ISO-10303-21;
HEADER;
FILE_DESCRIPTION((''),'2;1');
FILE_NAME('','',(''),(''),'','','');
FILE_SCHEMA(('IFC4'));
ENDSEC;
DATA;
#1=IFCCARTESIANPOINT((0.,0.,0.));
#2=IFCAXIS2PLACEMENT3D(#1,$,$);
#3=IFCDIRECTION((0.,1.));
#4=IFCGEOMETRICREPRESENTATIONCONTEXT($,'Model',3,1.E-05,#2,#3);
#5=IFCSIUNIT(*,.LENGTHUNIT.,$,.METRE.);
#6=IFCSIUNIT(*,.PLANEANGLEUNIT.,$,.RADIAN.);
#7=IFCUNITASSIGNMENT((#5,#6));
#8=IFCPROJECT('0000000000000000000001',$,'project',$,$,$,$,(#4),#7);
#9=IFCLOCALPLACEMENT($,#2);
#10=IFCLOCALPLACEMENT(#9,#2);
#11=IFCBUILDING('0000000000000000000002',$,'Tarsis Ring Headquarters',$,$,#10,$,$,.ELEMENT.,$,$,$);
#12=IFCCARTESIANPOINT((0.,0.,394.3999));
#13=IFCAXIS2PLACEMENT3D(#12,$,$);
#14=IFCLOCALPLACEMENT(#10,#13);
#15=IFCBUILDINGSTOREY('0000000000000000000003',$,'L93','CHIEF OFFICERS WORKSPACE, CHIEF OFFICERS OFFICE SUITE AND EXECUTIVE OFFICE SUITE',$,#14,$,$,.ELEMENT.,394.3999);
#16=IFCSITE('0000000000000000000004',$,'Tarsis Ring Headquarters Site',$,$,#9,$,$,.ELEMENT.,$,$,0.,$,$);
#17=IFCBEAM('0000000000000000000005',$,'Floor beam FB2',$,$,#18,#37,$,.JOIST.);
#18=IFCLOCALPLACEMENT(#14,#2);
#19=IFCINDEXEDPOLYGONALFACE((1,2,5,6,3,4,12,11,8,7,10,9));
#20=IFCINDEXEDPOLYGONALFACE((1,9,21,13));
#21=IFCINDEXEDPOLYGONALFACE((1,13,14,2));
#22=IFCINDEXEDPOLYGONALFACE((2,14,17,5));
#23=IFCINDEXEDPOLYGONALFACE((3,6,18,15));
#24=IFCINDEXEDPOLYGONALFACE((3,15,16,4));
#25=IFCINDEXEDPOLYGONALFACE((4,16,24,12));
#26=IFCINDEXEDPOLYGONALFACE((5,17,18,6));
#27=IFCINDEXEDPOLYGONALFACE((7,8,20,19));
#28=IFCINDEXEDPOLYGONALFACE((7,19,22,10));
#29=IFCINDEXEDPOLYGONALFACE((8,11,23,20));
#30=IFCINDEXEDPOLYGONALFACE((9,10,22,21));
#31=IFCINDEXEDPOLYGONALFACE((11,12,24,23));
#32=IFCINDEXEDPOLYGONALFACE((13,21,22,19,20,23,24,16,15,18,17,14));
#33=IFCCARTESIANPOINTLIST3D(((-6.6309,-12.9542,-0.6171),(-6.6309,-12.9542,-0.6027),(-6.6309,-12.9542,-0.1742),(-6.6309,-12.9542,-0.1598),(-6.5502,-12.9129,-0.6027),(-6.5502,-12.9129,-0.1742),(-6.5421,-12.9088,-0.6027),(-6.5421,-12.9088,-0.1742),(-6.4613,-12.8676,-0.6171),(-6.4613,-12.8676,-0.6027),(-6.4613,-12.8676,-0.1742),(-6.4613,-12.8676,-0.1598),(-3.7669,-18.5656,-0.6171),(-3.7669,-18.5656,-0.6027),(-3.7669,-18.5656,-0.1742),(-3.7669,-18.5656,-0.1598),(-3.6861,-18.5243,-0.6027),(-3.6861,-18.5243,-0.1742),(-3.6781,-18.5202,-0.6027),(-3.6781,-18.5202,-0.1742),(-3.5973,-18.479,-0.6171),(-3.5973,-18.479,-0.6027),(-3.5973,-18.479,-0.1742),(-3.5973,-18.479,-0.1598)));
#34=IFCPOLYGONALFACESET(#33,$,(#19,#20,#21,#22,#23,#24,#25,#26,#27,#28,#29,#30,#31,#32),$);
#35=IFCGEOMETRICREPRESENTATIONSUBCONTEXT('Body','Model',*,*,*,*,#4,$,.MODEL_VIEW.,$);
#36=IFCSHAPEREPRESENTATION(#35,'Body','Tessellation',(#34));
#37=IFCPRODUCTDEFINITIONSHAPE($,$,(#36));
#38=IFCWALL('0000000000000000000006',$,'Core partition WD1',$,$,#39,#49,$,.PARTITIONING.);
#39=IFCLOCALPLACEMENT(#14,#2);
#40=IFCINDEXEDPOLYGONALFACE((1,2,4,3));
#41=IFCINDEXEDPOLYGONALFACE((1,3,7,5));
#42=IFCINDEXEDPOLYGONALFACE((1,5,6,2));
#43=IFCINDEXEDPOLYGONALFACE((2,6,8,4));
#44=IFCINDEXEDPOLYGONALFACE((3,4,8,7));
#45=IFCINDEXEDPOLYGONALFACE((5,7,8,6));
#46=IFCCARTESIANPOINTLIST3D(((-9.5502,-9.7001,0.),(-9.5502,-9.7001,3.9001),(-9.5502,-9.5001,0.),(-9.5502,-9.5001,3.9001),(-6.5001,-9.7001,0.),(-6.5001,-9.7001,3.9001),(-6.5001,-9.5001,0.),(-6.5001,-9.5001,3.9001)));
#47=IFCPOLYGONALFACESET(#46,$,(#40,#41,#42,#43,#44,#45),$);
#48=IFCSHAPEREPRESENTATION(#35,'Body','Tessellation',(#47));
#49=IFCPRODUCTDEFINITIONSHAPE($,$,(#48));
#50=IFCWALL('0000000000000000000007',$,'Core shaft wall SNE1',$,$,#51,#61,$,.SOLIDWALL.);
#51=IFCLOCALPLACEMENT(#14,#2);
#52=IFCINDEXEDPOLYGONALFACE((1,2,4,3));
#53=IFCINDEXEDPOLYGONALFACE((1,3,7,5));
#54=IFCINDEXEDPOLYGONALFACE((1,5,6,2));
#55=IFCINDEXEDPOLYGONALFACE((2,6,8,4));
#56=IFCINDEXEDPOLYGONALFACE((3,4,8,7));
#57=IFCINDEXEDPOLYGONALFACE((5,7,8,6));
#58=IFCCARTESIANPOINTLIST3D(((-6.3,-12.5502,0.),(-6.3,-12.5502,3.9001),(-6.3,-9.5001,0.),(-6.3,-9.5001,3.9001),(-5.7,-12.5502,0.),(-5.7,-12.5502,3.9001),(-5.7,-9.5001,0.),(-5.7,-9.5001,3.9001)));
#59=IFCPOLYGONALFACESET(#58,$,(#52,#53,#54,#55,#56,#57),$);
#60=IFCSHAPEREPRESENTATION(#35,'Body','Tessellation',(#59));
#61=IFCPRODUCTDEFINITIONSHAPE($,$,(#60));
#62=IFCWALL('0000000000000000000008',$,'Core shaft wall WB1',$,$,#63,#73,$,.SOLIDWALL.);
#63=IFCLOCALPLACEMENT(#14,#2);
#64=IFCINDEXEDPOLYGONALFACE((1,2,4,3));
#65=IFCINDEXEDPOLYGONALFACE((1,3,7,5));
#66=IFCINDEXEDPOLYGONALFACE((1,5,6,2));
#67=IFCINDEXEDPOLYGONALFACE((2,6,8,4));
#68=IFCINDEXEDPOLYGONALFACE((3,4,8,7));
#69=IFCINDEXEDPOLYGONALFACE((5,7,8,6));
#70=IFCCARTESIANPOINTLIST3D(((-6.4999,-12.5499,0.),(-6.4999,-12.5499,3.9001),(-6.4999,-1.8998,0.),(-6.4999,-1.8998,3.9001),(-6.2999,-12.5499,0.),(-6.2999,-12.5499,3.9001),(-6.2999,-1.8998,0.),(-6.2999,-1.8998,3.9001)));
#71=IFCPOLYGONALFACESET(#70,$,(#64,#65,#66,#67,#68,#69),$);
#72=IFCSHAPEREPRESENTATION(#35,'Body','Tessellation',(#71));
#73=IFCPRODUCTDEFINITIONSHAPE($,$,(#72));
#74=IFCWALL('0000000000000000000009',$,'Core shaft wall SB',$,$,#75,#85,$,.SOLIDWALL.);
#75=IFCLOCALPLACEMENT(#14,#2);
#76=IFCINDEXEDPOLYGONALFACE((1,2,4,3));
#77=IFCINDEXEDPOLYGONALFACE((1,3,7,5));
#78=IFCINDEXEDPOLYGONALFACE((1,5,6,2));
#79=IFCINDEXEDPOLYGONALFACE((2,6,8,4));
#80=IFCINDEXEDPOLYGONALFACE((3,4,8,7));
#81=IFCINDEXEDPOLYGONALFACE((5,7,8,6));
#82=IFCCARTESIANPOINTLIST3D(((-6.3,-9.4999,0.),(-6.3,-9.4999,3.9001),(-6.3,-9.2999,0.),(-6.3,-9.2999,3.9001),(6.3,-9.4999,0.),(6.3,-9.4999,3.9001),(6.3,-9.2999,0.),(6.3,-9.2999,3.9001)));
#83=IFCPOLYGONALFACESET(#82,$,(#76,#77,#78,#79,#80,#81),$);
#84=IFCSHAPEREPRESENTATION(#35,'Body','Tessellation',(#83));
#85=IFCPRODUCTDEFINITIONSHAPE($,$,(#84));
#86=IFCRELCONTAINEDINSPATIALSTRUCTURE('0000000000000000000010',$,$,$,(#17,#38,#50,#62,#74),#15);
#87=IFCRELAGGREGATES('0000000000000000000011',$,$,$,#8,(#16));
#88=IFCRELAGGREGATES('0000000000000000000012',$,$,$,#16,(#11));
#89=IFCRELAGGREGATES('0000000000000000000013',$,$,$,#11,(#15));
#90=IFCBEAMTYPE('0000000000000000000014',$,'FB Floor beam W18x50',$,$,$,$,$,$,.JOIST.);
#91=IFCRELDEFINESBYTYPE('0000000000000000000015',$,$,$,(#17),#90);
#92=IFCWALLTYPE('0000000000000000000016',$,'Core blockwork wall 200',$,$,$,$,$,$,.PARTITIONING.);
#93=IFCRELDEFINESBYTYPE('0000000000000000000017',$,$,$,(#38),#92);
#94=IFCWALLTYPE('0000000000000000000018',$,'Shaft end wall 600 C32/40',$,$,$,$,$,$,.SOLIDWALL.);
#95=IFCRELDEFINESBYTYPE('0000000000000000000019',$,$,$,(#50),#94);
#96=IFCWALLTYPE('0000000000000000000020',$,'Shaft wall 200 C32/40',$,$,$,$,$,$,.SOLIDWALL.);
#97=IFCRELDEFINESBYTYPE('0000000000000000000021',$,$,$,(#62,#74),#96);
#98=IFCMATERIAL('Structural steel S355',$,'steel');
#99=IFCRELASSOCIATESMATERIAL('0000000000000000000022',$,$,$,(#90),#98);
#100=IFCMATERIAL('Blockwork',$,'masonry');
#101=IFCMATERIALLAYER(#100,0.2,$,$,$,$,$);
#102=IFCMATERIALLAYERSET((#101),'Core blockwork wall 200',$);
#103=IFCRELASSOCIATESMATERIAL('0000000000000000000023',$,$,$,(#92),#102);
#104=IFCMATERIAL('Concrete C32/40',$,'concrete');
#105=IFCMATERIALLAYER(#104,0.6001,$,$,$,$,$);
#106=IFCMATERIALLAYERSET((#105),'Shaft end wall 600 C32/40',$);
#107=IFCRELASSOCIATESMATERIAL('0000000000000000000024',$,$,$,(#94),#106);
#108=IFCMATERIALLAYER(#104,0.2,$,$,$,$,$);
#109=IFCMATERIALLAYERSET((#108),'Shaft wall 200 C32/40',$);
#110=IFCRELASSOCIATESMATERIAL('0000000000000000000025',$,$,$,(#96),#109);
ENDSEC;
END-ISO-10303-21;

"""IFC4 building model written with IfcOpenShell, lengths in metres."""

from ifc_helpers import new_model, si_unit, direction, frame, frame_2d, origin, origin_2d, place, context, subcontext, project, spatial, rectangle, i_section, extrude, material, layer, layer_set, material_profile, profile_set, type_object, element, save


model = new_model("IFC4")

# Units and contexts
model_context = context("Model", 3, precision=1e-05, world=origin(), true_north=direction((0.0, 1.0)))
body_context = subcontext(model_context, "Body", "Model", "MODEL_VIEW")
ifc_project = project(units=[si_unit("LENGTHUNIT", "METRE"), si_unit("PLANEANGLEUNIT", "RADIAN")], contexts=[model_context])

# Site, building, storey
site_placement = place(None, origin())
site = spatial("IfcSite", under=ifc_project, at=site_placement, Name="Tarsis Ring Headquarters Site", CompositionType="ELEMENT", RefElevation=0.0)
building_placement = place(site_placement, origin())
building = spatial("IfcBuilding", under=site, at=building_placement, Name="Tarsis Ring Headquarters", CompositionType="ELEMENT")
storey_placement = place(building_placement, frame((0.0, 0.0, 394.3999)))
storey = spatial("IfcBuildingStorey", under=building, at=storey_placement, Name="L93", Description="CHIEF OFFICERS WORKSPACE, CHIEF OFFICERS OFFICE SUITE AND EXECUTIVE OFFICE SUITE", CompositionType="ELEMENT", Elevation=394.3999)

# Beam
ifc_material_1 = material(Name="Structural steel S355", Category="steel")
ifc_material_profile = material_profile(ifc_material_1, i_section(OverallWidth=0.1904, OverallDepth=0.4573, WebThickness=0.009, FlangeThickness=0.0144, at=origin_2d()), Name="W18x50")
ifc_profile_set = profile_set([ifc_material_profile], Name="Structural steel S355")
beam_type = type_object("IfcBeamType", Name="FB Floor beam W18x50", PredefinedType="JOIST", material=ifc_profile_set)
beam_placement = place(storey_placement, frame((-6.5461, -12.9109, -0.3884), z_axis=(0.454608, -0.890692, 0.0), x_axis=(0.890692, 0.454608, 0.0)))
element("IfcBeam", 1, at=beam_placement, inside=storey, type_object=beam_type, Name="Floor beam FB2", PredefinedType="JOIST", context=body_context, shape_type="SweptSolid", body=[
    extrude(i_section(OverallWidth=0.1904, OverallDepth=0.4573, WebThickness=0.009, FlangeThickness=0.0144, at=origin_2d()), origin(), (0.0, 0.0, 1.0), 6.3),
])

# Walls
ifc_material_2 = material(Name="Blockwork", Category="masonry")
ifc_layer_1 = layer(ifc_material_2, 0.2)
ifc_layer_set_1 = layer_set([ifc_layer_1], Name="Core blockwork wall 200")
wall_type_1 = type_object("IfcWallType", Name="Core blockwork wall 200", PredefinedType="PARTITIONING", material=ifc_layer_set_1)
wall_1_placement = place(storey_placement, frame((-9.55, -9.6001, 0.0), z_axis=(0.0, 0.0, 1.0), x_axis=(1.0, 0.0, 0.0)))
element("IfcWall", 2, at=wall_1_placement, inside=storey, type_object=wall_type_1, Name="Core partition WD1", PredefinedType="PARTITIONING", context=body_context, shape_type="SweptSolid", body=[
    extrude(rectangle(XDim=3.05, YDim=0.2, at=frame_2d((1.5249, 0.0))), origin(), (0.0, 0.0, 1.0), 3.9001),
])
ifc_material_3 = material(Name="Concrete C32/40", Category="concrete")
ifc_layer_2 = layer(ifc_material_3, 0.6001)
ifc_layer_set_2 = layer_set([ifc_layer_2], Name="Shaft end wall 600 C32/40")
wall_type_2 = type_object("IfcWallType", Name="Shaft end wall 600 C32/40", PredefinedType="SOLIDWALL", material=ifc_layer_set_2)
wall_2_placement = place(storey_placement, frame((-6.0, -12.55, 0.0), z_axis=(0.0, 0.0, 1.0), x_axis=(0.0, 1.0, 0.0)))
element("IfcWall", 3, at=wall_2_placement, inside=storey, type_object=wall_type_2, Name="Core shaft wall SNE1", PredefinedType="SOLIDWALL", context=body_context, shape_type="SweptSolid", body=[
    extrude(rectangle(XDim=3.05, YDim=0.6001, at=frame_2d((1.5249, 0.0))), origin(), (0.0, 0.0, 1.0), 3.9001),
])
ifc_layer_3 = layer(ifc_material_3, 0.2)
ifc_layer_set_3 = layer_set([ifc_layer_3], Name="Shaft wall 200 C32/40")
wall_type_3 = type_object("IfcWallType", Name="Shaft wall 200 C32/40", PredefinedType="SOLIDWALL", material=ifc_layer_set_3)
wall_3_placement = place(storey_placement, frame((-6.3999, -12.55, 0.0), z_axis=(0.0, 0.0, 1.0), x_axis=(0.0, 1.0, 0.0)))
element("IfcWall", 4, at=wall_3_placement, inside=storey, type_object=wall_type_3, Name="Core shaft wall WB1", PredefinedType="SOLIDWALL", context=body_context, shape_type="SweptSolid", body=[
    extrude(rectangle(XDim=10.6501, YDim=0.2, at=frame_2d((5.3252, 0.0))), origin(), (0.0, 0.0, 1.0), 3.9001),
])
wall_4_placement = place(storey_placement, frame((-6.3, -9.3999, 0.0), z_axis=(0.0, 0.0, 1.0), x_axis=(1.0, 0.0, 0.0)))
element("IfcWall", 5, at=wall_4_placement, inside=storey, type_object=wall_type_3, Name="Core shaft wall SB", PredefinedType="SOLIDWALL", context=body_context, shape_type="SweptSolid", body=[
    extrude(rectangle(XDim=12.6001, YDim=0.2, at=frame_2d((6.3, 0.0))), origin(), (0.0, 0.0, 1.0), 3.9001),
])

save(model, "model.ifc")
